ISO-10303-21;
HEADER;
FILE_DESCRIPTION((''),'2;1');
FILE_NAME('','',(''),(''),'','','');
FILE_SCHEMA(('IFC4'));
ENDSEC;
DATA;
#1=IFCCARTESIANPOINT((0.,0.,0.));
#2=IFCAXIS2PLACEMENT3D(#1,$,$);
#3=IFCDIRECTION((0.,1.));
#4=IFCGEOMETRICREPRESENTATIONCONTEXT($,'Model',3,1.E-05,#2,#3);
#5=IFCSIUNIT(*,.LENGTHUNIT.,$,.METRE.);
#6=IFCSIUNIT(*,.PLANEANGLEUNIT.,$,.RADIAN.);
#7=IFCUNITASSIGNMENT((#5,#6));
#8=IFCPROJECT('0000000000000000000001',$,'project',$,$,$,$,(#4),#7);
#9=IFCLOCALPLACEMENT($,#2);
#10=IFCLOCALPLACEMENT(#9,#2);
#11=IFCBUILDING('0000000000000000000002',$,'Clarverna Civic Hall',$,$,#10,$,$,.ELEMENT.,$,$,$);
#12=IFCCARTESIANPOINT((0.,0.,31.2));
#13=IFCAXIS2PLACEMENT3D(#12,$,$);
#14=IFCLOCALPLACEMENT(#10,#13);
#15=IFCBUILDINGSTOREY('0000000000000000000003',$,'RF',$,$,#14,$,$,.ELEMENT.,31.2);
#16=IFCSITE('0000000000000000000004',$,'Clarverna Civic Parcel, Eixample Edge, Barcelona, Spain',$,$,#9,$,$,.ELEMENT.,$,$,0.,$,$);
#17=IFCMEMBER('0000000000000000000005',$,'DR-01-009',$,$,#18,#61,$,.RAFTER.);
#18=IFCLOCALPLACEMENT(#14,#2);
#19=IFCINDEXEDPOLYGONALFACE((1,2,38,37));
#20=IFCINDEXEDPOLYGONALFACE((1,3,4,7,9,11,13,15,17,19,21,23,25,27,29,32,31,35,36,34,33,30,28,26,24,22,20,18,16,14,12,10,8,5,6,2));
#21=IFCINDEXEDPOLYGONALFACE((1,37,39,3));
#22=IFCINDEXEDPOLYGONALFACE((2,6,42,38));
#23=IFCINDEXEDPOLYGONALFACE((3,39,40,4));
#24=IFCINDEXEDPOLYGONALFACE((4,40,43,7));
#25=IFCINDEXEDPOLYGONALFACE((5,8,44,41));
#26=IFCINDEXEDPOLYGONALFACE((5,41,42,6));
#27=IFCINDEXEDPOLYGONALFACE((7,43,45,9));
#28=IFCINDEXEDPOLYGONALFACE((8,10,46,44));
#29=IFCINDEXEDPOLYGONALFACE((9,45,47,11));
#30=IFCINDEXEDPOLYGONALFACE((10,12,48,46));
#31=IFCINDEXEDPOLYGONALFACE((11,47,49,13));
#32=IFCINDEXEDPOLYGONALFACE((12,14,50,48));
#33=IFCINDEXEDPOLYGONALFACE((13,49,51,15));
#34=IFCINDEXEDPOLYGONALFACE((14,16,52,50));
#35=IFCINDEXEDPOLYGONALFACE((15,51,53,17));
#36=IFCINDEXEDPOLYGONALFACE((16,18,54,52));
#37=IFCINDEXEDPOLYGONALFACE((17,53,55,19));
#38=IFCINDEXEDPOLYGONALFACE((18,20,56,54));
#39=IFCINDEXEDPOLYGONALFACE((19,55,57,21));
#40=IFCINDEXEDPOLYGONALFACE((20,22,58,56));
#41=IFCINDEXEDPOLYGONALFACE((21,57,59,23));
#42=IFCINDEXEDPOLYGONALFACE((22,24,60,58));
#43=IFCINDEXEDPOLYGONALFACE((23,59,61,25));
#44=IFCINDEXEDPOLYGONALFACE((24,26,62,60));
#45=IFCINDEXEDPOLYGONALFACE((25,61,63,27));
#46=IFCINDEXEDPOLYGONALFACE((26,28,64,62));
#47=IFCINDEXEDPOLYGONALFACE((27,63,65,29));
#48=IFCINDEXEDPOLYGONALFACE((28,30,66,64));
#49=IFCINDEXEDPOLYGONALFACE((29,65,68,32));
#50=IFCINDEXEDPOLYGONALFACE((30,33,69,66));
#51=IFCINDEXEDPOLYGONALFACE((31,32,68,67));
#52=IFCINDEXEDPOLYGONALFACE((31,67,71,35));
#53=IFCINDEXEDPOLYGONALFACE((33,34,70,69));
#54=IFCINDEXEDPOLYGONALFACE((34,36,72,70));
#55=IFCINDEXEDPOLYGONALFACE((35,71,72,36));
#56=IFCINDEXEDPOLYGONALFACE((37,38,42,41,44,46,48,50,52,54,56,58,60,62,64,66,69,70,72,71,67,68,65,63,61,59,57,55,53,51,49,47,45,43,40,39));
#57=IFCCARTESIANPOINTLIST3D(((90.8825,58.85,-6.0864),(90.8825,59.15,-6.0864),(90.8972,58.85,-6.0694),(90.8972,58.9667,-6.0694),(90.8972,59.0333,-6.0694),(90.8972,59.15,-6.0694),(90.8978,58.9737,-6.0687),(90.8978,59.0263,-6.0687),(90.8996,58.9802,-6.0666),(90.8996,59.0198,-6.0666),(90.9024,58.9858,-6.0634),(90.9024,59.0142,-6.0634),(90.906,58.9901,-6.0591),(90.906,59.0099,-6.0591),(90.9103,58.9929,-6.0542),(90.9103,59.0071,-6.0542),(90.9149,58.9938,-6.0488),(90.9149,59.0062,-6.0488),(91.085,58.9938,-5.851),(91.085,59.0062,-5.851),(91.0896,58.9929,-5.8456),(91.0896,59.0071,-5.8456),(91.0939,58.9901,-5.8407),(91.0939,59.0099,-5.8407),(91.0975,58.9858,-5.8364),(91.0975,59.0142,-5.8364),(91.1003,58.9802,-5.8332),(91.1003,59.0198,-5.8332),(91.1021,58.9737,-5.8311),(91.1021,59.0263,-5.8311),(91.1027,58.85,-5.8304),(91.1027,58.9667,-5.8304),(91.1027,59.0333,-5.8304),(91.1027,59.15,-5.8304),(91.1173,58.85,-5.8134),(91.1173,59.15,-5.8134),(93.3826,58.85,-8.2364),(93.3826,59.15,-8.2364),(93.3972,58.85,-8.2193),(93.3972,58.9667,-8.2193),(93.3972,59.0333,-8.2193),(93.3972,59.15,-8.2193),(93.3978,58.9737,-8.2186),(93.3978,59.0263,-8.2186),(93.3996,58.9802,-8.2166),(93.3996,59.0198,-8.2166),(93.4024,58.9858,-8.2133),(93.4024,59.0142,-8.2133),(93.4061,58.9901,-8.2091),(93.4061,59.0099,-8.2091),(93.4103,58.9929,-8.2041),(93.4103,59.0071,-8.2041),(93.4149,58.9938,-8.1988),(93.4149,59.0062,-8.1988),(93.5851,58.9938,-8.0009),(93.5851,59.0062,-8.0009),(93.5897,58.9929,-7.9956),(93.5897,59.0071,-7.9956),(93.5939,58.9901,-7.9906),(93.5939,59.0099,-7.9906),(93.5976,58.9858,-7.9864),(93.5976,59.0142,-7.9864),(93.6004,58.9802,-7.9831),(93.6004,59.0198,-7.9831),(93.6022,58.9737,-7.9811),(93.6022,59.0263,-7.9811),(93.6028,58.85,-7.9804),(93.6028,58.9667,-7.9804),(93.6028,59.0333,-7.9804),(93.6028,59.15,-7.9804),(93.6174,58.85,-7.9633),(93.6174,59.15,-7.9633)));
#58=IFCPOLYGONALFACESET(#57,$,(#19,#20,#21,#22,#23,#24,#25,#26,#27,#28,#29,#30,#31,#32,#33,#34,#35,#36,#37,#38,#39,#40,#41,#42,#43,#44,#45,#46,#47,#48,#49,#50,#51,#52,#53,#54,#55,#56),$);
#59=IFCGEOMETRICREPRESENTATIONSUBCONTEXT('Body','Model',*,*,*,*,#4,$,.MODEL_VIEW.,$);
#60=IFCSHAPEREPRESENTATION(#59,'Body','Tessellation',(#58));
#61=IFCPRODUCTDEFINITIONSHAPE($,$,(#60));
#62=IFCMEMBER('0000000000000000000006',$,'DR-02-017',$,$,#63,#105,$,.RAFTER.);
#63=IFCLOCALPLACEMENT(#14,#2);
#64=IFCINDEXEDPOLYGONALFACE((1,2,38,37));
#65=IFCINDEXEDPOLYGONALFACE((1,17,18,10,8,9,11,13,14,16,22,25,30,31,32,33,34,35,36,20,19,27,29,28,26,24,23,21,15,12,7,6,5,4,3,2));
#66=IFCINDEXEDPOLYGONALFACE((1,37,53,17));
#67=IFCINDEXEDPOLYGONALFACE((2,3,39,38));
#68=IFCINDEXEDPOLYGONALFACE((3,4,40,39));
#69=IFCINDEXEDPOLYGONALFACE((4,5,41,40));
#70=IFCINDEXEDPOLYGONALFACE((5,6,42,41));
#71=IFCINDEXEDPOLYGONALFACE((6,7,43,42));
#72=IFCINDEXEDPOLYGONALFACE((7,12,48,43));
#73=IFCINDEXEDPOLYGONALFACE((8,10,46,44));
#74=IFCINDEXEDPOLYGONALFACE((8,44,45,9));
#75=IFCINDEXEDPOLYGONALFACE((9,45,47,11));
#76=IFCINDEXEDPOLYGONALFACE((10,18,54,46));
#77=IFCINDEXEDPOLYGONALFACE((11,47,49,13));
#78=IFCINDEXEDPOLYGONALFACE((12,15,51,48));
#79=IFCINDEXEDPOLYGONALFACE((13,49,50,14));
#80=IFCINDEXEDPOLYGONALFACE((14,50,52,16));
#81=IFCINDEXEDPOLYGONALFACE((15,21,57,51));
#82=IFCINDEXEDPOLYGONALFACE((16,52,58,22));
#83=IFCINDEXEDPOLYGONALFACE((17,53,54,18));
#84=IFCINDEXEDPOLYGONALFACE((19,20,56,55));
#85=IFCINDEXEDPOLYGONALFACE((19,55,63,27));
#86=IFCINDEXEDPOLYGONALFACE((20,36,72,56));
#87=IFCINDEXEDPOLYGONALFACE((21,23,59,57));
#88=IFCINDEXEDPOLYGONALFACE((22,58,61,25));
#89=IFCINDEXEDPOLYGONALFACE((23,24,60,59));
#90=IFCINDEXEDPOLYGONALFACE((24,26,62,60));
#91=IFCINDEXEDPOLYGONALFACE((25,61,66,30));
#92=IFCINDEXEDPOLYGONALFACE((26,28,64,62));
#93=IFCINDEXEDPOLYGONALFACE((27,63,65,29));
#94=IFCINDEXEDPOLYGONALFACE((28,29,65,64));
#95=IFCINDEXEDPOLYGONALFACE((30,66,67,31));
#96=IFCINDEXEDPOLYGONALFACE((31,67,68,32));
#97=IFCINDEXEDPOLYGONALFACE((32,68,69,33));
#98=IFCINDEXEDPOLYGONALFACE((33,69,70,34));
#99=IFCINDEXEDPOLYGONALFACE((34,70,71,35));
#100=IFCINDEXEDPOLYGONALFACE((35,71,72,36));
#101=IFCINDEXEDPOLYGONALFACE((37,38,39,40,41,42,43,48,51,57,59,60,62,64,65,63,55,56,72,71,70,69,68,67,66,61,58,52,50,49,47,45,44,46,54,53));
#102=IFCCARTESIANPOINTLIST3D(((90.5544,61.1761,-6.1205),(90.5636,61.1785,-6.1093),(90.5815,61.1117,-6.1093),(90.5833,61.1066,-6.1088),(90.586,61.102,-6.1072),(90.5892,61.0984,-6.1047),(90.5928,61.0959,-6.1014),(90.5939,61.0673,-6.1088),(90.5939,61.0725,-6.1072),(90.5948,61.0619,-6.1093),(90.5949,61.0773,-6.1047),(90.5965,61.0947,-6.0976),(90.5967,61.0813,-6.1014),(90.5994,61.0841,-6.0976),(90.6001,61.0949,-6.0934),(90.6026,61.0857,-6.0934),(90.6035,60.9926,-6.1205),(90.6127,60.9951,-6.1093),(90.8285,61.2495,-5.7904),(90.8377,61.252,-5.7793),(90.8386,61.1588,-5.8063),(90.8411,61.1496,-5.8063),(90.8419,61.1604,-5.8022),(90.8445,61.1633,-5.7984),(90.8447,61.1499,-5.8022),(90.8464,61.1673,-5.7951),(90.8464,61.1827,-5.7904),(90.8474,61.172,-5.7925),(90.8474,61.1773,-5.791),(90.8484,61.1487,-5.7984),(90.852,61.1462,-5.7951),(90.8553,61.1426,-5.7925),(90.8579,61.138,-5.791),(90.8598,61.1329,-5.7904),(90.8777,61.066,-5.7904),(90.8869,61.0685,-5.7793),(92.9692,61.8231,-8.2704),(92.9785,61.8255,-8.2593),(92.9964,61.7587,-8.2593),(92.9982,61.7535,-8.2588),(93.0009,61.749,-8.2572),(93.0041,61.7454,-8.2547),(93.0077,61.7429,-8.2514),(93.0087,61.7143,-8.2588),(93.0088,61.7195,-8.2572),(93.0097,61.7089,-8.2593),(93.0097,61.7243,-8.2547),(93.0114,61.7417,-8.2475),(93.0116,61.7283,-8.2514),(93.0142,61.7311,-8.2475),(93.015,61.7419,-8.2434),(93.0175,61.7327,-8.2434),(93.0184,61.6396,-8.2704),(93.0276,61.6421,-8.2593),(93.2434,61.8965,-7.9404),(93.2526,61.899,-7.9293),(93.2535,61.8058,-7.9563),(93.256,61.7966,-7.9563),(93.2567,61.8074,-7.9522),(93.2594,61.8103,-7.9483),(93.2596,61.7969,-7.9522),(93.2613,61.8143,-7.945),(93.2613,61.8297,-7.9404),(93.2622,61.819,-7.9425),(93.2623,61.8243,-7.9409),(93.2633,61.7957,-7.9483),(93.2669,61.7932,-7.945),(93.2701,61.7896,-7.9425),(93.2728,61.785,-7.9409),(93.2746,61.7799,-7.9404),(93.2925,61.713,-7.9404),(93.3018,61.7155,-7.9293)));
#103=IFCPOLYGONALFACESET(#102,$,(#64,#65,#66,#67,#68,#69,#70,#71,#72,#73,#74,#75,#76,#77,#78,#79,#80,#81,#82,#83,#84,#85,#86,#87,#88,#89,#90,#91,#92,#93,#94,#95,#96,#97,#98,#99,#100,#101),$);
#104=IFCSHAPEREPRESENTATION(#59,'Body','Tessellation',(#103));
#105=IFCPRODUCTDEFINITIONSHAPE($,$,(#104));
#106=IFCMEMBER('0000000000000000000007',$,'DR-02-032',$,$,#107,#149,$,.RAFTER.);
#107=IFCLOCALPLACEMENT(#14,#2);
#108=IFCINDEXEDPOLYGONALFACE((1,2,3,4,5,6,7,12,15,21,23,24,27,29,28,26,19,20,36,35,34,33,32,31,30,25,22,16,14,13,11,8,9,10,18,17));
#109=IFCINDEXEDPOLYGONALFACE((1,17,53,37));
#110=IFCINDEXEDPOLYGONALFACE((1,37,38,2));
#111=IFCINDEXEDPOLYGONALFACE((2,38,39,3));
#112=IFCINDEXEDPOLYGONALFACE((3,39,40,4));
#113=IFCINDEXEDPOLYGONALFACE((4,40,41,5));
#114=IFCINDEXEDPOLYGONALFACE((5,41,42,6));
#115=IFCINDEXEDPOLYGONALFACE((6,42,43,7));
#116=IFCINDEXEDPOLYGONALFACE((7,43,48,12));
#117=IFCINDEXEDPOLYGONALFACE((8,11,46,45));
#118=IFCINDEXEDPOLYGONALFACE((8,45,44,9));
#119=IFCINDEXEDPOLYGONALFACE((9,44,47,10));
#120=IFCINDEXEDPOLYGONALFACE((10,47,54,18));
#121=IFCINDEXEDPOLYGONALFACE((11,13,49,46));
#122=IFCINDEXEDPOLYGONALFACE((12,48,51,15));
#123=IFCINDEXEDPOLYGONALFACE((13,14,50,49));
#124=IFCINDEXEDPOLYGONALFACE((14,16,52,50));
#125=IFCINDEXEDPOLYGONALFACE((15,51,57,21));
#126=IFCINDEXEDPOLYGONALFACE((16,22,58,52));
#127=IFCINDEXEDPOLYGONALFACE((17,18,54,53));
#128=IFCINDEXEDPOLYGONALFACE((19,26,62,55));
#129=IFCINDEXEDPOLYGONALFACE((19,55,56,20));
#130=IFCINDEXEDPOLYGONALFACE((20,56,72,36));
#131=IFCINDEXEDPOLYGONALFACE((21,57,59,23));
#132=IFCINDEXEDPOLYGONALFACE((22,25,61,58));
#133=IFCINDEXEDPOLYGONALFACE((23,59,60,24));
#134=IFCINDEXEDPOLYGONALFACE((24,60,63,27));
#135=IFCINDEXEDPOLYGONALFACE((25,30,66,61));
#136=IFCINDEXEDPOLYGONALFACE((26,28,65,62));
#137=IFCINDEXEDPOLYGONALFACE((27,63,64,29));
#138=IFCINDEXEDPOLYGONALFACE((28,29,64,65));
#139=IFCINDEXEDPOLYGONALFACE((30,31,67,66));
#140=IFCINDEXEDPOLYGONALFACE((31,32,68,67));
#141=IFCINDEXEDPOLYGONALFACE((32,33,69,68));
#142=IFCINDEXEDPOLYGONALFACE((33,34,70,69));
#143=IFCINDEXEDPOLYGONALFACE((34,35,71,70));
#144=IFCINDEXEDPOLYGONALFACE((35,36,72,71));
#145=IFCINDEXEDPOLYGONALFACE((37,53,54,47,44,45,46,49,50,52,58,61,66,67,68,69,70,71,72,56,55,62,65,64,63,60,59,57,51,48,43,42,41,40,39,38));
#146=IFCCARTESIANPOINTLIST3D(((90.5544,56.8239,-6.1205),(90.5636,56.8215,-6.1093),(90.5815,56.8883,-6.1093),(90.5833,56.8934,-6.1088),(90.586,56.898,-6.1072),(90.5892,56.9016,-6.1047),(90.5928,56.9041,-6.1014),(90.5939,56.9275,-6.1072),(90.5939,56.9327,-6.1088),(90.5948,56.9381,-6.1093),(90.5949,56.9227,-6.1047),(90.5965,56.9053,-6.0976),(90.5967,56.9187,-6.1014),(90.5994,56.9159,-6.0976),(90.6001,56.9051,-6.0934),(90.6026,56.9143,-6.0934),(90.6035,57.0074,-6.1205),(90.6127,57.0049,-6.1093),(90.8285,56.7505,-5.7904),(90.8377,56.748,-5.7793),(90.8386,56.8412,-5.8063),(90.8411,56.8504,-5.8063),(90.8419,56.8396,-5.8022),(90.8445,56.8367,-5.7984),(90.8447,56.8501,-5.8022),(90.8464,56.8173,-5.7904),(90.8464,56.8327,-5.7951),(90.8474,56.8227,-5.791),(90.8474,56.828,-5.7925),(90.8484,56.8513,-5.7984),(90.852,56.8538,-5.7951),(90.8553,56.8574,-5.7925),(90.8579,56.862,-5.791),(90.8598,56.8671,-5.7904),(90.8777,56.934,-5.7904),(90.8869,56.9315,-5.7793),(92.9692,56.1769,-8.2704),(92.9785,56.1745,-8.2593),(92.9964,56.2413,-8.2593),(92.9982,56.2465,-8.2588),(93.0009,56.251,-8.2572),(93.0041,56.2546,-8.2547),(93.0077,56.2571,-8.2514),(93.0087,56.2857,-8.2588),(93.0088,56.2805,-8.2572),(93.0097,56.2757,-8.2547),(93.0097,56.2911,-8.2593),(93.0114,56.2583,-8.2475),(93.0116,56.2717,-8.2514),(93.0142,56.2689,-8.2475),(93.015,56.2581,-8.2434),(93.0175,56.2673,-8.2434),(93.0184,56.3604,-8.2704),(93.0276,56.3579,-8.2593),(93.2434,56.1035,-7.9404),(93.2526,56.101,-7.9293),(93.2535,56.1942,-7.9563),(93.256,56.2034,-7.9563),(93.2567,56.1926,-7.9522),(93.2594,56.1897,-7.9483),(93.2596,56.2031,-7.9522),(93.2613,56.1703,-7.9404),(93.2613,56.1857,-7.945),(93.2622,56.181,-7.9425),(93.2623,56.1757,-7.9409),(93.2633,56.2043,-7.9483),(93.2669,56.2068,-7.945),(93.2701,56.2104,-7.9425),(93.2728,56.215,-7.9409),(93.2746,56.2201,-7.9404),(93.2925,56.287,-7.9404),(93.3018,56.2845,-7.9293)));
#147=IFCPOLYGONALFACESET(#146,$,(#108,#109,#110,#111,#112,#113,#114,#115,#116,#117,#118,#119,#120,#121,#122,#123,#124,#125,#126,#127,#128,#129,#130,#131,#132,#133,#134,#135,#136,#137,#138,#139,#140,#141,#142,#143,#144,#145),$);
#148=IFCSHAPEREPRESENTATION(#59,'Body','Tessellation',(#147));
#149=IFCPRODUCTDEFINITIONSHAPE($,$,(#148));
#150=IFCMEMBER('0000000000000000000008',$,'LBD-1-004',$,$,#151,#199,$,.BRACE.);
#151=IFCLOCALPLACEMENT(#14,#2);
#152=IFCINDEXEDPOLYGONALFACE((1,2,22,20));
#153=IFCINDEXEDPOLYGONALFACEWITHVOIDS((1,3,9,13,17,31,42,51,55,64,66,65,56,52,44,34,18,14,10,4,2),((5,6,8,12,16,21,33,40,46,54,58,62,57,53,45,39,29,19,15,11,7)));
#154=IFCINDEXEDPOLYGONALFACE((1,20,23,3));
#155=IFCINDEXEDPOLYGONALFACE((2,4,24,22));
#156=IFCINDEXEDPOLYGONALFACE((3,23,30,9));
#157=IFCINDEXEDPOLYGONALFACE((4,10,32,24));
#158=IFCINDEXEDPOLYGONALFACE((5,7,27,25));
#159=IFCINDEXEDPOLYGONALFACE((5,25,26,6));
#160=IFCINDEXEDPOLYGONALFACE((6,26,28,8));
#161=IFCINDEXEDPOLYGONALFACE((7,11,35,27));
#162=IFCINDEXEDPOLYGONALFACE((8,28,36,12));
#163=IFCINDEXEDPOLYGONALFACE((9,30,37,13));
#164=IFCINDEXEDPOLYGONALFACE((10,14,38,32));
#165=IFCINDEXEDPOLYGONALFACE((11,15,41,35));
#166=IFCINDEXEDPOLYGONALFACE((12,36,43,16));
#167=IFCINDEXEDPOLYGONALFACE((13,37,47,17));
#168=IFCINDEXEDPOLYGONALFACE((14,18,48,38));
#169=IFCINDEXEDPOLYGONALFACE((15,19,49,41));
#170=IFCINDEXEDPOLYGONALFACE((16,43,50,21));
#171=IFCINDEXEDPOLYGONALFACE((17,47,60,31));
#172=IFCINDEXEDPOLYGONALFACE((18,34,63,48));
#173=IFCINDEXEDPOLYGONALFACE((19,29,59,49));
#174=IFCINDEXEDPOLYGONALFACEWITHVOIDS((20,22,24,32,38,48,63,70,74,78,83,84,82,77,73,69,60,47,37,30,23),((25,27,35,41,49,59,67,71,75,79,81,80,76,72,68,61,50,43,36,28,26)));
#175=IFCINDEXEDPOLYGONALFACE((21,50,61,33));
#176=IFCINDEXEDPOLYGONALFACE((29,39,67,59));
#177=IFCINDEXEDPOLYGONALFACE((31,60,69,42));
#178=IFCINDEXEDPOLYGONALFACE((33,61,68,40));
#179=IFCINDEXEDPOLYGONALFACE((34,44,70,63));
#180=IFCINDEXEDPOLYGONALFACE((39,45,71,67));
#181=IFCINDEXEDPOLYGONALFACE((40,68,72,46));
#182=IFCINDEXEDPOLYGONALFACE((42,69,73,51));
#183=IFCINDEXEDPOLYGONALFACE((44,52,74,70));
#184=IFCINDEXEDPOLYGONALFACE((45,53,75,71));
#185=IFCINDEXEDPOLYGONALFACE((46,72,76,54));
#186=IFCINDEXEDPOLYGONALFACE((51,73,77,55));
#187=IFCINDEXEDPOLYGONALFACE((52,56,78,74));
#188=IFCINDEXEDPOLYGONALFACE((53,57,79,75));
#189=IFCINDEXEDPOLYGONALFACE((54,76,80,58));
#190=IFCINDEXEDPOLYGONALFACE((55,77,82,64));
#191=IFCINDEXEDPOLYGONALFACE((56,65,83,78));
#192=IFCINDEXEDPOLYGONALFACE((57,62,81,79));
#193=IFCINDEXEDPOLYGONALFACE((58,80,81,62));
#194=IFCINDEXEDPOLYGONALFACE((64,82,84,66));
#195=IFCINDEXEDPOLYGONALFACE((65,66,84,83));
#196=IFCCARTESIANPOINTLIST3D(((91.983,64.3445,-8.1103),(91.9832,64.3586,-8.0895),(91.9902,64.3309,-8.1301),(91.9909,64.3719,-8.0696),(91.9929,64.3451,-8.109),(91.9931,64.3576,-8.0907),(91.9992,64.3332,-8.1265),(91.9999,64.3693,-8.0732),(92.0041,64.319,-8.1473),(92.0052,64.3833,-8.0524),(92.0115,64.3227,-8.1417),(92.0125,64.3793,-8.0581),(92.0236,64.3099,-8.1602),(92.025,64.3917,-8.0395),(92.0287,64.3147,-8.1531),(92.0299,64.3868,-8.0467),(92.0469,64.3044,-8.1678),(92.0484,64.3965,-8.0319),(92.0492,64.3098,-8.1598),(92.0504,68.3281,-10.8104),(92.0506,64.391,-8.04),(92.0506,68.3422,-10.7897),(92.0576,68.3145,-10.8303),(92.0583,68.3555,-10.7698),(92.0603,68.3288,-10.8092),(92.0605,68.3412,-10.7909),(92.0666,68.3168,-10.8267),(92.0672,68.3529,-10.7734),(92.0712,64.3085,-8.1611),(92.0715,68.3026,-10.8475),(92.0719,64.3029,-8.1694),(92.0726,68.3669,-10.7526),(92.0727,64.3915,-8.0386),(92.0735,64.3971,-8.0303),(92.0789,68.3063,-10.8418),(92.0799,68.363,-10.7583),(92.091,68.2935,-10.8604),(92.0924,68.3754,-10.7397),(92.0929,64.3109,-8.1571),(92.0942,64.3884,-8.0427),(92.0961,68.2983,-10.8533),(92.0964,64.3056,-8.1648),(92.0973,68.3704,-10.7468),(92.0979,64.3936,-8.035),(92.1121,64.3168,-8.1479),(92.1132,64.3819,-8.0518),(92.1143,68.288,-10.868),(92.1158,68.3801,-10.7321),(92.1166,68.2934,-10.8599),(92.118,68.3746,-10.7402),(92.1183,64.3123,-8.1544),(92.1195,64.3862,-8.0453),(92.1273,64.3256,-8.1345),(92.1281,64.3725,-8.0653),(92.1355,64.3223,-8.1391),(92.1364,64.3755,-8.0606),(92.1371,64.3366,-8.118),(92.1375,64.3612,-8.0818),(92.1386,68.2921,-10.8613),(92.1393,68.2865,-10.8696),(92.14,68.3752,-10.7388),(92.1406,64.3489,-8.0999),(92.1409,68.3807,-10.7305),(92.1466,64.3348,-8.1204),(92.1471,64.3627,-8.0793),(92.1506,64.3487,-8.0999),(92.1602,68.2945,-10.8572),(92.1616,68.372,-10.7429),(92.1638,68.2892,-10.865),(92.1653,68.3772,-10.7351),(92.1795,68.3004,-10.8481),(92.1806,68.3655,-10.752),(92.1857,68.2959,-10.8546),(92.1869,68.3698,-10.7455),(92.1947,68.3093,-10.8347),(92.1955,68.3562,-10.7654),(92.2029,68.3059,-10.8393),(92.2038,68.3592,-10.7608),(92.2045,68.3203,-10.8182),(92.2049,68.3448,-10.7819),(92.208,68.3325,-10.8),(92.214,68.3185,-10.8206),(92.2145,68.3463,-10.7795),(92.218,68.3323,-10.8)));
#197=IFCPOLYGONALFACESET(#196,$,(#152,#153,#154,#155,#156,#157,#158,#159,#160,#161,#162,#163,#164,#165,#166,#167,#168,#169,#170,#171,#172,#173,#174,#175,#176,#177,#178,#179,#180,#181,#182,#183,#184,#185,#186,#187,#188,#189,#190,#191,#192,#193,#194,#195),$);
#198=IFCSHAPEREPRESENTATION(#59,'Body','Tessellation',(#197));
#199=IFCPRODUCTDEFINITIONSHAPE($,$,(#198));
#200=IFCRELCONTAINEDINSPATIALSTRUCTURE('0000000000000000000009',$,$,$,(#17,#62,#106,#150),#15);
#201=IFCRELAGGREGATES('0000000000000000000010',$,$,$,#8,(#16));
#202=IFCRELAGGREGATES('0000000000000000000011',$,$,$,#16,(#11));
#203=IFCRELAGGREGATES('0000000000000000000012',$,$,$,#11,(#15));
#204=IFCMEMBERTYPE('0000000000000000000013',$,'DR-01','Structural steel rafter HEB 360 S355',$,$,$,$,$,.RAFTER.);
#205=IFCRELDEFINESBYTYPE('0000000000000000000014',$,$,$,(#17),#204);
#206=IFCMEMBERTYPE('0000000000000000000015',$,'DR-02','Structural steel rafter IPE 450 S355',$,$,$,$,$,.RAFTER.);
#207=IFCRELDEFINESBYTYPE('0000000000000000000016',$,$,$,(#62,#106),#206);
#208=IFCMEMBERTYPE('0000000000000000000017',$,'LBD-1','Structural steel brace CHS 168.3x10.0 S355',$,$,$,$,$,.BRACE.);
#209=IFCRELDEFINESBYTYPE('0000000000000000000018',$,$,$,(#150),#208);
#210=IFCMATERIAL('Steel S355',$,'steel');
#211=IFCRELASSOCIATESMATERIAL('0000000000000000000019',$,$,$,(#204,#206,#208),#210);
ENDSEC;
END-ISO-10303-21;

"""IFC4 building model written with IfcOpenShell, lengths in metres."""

from ifc_helpers import new_model, si_unit, direction, frame, origin, origin_2d, place, context, subcontext, project, spatial, hollow_circle, i_section, extrude, material, material_profile, profile_set, type_object, element, save


model = new_model("IFC4")

# Units and contexts
model_context = context("Model", 3, precision=1e-05, world=origin(), true_north=direction((0.0, 1.0)))
body_context = subcontext(model_context, "Body", "Model", "MODEL_VIEW")
ifc_project = project(units=[si_unit("LENGTHUNIT", "METRE"), si_unit("PLANEANGLEUNIT", "RADIAN")], contexts=[model_context])

# Site, building, storey
site_placement = place(None, origin())
site = spatial("IfcSite", under=ifc_project, at=site_placement, Name="Clarverna Civic Parcel, Eixample Edge, Barcelona, Spain", CompositionType="ELEMENT", RefElevation=0.0)
building_placement = place(site_placement, origin())
building = spatial("IfcBuilding", under=site, at=building_placement, Name="Clarverna Civic Hall", CompositionType="ELEMENT")
storey_placement = place(building_placement, frame((0.0, 0.0, 31.2)))
storey = spatial("IfcBuildingStorey", under=building, at=storey_placement, Name="RF", CompositionType="ELEMENT", Elevation=31.2)

# Members
ifc_material_1 = material(Name="Steel S355", Category="steel")
ifc_material_profile_1 = material_profile(ifc_material_1, i_section(OverallWidth=0.3, OverallDepth=0.3601, WebThickness=0.0125, FlangeThickness=0.0225, FilletRadius=0.0271, at=origin_2d()), Name="HEB 360")
ifc_profile_set_1 = profile_set([ifc_material_profile_1], Name="Steel S355")
member_type_1 = type_object("IfcMemberType", Name="DR-01", Description="Structural steel rafter HEB 360 S355", PredefinedType="RAFTER", material=ifc_profile_set_1)
member_1_placement = place(storey_placement, frame((93.5, 59.0, -8.0999), z_axis=(-0.7582, 0.0, 0.652022), x_axis=(0.0, -1.0, 0.0)))
element("IfcMember", 1, at=member_1_placement, inside=storey, type_object=member_type_1, Name="DR-01-009", PredefinedType="RAFTER", context=body_context, shape_type="SweptSolid", body=[
    extrude(i_section(OverallWidth=0.3, OverallDepth=0.3601, WebThickness=0.0125, FlangeThickness=0.0225, FilletRadius=0.0271, at=origin_2d()), origin(), (0.0, 0.0, 1.0), 3.2974),
])
ifc_material_profile_2 = material_profile(ifc_material_1, i_section(OverallWidth=0.1899, OverallDepth=0.45, WebThickness=0.0095, FlangeThickness=0.0146, FilletRadius=0.021, at=origin_2d()), Name="IPE 450")
ifc_profile_set_2 = profile_set([ifc_material_profile_2], Name="Steel S355")
member_type_2 = type_object("IfcMemberType", Name="DR-02", Description="Structural steel rafter IPE 450 S355", PredefinedType="RAFTER", material=ifc_profile_set_2)
for number, where, z_axis, x_axis, name in (
    (2, (93.1355, 61.7693, -8.0999), (-0.732365, -0.196216, 0.652028), (0.258793, -0.965933, 0.0), "DR-02-017"),
    (3, (93.1355, 56.2307, -8.0999), (-0.732365, 0.196216, 0.652028), (-0.258793, -0.965933, 0.0), "DR-02-032"),
):
    element("IfcMember", number, at=place(storey_placement, frame(where, z_axis=z_axis, x_axis=x_axis)), inside=storey, type_object=member_type_2, Name=name, PredefinedType="RAFTER", context=body_context, shape_type="SweptSolid", body=[
        extrude(i_section(OverallWidth=0.1899, OverallDepth=0.45, WebThickness=0.0095, FlangeThickness=0.0146, FilletRadius=0.021, at=origin_2d()), origin(), (0.0, 0.0, 1.0), 3.2974),
    ])
ifc_material_profile_3 = material_profile(ifc_material_1, hollow_circle(Radius=0.0842, WallThickness=0.01, at=origin_2d()), Name="CHS 168.3x10.0")
ifc_profile_set_3 = profile_set([ifc_material_profile_3], Name="Steel S355")
member_type_3 = type_object("IfcMemberType", Name="LBD-1", Description="Structural steel brace CHS 168.3x10.0 S355", PredefinedType="BRACE", material=ifc_profile_set_3)
member_2_placement = place(storey_placement, frame((92.1338, 68.3337, -10.8), z_axis=(-0.014, -0.827683, 0.561021), x_axis=(0.999857, -0.016912, 0.0)))
element("IfcMember", 4, at=member_2_placement, inside=storey, type_object=member_type_3, Name="LBD-1-004", PredefinedType="BRACE", context=body_context, shape_type="SweptSolid", body=[
    extrude(hollow_circle(Radius=0.0842, WallThickness=0.01, at=origin_2d()), origin(), (0.0, 0.0, 1.0), 4.813),
])

save(model, "model.ifc")
